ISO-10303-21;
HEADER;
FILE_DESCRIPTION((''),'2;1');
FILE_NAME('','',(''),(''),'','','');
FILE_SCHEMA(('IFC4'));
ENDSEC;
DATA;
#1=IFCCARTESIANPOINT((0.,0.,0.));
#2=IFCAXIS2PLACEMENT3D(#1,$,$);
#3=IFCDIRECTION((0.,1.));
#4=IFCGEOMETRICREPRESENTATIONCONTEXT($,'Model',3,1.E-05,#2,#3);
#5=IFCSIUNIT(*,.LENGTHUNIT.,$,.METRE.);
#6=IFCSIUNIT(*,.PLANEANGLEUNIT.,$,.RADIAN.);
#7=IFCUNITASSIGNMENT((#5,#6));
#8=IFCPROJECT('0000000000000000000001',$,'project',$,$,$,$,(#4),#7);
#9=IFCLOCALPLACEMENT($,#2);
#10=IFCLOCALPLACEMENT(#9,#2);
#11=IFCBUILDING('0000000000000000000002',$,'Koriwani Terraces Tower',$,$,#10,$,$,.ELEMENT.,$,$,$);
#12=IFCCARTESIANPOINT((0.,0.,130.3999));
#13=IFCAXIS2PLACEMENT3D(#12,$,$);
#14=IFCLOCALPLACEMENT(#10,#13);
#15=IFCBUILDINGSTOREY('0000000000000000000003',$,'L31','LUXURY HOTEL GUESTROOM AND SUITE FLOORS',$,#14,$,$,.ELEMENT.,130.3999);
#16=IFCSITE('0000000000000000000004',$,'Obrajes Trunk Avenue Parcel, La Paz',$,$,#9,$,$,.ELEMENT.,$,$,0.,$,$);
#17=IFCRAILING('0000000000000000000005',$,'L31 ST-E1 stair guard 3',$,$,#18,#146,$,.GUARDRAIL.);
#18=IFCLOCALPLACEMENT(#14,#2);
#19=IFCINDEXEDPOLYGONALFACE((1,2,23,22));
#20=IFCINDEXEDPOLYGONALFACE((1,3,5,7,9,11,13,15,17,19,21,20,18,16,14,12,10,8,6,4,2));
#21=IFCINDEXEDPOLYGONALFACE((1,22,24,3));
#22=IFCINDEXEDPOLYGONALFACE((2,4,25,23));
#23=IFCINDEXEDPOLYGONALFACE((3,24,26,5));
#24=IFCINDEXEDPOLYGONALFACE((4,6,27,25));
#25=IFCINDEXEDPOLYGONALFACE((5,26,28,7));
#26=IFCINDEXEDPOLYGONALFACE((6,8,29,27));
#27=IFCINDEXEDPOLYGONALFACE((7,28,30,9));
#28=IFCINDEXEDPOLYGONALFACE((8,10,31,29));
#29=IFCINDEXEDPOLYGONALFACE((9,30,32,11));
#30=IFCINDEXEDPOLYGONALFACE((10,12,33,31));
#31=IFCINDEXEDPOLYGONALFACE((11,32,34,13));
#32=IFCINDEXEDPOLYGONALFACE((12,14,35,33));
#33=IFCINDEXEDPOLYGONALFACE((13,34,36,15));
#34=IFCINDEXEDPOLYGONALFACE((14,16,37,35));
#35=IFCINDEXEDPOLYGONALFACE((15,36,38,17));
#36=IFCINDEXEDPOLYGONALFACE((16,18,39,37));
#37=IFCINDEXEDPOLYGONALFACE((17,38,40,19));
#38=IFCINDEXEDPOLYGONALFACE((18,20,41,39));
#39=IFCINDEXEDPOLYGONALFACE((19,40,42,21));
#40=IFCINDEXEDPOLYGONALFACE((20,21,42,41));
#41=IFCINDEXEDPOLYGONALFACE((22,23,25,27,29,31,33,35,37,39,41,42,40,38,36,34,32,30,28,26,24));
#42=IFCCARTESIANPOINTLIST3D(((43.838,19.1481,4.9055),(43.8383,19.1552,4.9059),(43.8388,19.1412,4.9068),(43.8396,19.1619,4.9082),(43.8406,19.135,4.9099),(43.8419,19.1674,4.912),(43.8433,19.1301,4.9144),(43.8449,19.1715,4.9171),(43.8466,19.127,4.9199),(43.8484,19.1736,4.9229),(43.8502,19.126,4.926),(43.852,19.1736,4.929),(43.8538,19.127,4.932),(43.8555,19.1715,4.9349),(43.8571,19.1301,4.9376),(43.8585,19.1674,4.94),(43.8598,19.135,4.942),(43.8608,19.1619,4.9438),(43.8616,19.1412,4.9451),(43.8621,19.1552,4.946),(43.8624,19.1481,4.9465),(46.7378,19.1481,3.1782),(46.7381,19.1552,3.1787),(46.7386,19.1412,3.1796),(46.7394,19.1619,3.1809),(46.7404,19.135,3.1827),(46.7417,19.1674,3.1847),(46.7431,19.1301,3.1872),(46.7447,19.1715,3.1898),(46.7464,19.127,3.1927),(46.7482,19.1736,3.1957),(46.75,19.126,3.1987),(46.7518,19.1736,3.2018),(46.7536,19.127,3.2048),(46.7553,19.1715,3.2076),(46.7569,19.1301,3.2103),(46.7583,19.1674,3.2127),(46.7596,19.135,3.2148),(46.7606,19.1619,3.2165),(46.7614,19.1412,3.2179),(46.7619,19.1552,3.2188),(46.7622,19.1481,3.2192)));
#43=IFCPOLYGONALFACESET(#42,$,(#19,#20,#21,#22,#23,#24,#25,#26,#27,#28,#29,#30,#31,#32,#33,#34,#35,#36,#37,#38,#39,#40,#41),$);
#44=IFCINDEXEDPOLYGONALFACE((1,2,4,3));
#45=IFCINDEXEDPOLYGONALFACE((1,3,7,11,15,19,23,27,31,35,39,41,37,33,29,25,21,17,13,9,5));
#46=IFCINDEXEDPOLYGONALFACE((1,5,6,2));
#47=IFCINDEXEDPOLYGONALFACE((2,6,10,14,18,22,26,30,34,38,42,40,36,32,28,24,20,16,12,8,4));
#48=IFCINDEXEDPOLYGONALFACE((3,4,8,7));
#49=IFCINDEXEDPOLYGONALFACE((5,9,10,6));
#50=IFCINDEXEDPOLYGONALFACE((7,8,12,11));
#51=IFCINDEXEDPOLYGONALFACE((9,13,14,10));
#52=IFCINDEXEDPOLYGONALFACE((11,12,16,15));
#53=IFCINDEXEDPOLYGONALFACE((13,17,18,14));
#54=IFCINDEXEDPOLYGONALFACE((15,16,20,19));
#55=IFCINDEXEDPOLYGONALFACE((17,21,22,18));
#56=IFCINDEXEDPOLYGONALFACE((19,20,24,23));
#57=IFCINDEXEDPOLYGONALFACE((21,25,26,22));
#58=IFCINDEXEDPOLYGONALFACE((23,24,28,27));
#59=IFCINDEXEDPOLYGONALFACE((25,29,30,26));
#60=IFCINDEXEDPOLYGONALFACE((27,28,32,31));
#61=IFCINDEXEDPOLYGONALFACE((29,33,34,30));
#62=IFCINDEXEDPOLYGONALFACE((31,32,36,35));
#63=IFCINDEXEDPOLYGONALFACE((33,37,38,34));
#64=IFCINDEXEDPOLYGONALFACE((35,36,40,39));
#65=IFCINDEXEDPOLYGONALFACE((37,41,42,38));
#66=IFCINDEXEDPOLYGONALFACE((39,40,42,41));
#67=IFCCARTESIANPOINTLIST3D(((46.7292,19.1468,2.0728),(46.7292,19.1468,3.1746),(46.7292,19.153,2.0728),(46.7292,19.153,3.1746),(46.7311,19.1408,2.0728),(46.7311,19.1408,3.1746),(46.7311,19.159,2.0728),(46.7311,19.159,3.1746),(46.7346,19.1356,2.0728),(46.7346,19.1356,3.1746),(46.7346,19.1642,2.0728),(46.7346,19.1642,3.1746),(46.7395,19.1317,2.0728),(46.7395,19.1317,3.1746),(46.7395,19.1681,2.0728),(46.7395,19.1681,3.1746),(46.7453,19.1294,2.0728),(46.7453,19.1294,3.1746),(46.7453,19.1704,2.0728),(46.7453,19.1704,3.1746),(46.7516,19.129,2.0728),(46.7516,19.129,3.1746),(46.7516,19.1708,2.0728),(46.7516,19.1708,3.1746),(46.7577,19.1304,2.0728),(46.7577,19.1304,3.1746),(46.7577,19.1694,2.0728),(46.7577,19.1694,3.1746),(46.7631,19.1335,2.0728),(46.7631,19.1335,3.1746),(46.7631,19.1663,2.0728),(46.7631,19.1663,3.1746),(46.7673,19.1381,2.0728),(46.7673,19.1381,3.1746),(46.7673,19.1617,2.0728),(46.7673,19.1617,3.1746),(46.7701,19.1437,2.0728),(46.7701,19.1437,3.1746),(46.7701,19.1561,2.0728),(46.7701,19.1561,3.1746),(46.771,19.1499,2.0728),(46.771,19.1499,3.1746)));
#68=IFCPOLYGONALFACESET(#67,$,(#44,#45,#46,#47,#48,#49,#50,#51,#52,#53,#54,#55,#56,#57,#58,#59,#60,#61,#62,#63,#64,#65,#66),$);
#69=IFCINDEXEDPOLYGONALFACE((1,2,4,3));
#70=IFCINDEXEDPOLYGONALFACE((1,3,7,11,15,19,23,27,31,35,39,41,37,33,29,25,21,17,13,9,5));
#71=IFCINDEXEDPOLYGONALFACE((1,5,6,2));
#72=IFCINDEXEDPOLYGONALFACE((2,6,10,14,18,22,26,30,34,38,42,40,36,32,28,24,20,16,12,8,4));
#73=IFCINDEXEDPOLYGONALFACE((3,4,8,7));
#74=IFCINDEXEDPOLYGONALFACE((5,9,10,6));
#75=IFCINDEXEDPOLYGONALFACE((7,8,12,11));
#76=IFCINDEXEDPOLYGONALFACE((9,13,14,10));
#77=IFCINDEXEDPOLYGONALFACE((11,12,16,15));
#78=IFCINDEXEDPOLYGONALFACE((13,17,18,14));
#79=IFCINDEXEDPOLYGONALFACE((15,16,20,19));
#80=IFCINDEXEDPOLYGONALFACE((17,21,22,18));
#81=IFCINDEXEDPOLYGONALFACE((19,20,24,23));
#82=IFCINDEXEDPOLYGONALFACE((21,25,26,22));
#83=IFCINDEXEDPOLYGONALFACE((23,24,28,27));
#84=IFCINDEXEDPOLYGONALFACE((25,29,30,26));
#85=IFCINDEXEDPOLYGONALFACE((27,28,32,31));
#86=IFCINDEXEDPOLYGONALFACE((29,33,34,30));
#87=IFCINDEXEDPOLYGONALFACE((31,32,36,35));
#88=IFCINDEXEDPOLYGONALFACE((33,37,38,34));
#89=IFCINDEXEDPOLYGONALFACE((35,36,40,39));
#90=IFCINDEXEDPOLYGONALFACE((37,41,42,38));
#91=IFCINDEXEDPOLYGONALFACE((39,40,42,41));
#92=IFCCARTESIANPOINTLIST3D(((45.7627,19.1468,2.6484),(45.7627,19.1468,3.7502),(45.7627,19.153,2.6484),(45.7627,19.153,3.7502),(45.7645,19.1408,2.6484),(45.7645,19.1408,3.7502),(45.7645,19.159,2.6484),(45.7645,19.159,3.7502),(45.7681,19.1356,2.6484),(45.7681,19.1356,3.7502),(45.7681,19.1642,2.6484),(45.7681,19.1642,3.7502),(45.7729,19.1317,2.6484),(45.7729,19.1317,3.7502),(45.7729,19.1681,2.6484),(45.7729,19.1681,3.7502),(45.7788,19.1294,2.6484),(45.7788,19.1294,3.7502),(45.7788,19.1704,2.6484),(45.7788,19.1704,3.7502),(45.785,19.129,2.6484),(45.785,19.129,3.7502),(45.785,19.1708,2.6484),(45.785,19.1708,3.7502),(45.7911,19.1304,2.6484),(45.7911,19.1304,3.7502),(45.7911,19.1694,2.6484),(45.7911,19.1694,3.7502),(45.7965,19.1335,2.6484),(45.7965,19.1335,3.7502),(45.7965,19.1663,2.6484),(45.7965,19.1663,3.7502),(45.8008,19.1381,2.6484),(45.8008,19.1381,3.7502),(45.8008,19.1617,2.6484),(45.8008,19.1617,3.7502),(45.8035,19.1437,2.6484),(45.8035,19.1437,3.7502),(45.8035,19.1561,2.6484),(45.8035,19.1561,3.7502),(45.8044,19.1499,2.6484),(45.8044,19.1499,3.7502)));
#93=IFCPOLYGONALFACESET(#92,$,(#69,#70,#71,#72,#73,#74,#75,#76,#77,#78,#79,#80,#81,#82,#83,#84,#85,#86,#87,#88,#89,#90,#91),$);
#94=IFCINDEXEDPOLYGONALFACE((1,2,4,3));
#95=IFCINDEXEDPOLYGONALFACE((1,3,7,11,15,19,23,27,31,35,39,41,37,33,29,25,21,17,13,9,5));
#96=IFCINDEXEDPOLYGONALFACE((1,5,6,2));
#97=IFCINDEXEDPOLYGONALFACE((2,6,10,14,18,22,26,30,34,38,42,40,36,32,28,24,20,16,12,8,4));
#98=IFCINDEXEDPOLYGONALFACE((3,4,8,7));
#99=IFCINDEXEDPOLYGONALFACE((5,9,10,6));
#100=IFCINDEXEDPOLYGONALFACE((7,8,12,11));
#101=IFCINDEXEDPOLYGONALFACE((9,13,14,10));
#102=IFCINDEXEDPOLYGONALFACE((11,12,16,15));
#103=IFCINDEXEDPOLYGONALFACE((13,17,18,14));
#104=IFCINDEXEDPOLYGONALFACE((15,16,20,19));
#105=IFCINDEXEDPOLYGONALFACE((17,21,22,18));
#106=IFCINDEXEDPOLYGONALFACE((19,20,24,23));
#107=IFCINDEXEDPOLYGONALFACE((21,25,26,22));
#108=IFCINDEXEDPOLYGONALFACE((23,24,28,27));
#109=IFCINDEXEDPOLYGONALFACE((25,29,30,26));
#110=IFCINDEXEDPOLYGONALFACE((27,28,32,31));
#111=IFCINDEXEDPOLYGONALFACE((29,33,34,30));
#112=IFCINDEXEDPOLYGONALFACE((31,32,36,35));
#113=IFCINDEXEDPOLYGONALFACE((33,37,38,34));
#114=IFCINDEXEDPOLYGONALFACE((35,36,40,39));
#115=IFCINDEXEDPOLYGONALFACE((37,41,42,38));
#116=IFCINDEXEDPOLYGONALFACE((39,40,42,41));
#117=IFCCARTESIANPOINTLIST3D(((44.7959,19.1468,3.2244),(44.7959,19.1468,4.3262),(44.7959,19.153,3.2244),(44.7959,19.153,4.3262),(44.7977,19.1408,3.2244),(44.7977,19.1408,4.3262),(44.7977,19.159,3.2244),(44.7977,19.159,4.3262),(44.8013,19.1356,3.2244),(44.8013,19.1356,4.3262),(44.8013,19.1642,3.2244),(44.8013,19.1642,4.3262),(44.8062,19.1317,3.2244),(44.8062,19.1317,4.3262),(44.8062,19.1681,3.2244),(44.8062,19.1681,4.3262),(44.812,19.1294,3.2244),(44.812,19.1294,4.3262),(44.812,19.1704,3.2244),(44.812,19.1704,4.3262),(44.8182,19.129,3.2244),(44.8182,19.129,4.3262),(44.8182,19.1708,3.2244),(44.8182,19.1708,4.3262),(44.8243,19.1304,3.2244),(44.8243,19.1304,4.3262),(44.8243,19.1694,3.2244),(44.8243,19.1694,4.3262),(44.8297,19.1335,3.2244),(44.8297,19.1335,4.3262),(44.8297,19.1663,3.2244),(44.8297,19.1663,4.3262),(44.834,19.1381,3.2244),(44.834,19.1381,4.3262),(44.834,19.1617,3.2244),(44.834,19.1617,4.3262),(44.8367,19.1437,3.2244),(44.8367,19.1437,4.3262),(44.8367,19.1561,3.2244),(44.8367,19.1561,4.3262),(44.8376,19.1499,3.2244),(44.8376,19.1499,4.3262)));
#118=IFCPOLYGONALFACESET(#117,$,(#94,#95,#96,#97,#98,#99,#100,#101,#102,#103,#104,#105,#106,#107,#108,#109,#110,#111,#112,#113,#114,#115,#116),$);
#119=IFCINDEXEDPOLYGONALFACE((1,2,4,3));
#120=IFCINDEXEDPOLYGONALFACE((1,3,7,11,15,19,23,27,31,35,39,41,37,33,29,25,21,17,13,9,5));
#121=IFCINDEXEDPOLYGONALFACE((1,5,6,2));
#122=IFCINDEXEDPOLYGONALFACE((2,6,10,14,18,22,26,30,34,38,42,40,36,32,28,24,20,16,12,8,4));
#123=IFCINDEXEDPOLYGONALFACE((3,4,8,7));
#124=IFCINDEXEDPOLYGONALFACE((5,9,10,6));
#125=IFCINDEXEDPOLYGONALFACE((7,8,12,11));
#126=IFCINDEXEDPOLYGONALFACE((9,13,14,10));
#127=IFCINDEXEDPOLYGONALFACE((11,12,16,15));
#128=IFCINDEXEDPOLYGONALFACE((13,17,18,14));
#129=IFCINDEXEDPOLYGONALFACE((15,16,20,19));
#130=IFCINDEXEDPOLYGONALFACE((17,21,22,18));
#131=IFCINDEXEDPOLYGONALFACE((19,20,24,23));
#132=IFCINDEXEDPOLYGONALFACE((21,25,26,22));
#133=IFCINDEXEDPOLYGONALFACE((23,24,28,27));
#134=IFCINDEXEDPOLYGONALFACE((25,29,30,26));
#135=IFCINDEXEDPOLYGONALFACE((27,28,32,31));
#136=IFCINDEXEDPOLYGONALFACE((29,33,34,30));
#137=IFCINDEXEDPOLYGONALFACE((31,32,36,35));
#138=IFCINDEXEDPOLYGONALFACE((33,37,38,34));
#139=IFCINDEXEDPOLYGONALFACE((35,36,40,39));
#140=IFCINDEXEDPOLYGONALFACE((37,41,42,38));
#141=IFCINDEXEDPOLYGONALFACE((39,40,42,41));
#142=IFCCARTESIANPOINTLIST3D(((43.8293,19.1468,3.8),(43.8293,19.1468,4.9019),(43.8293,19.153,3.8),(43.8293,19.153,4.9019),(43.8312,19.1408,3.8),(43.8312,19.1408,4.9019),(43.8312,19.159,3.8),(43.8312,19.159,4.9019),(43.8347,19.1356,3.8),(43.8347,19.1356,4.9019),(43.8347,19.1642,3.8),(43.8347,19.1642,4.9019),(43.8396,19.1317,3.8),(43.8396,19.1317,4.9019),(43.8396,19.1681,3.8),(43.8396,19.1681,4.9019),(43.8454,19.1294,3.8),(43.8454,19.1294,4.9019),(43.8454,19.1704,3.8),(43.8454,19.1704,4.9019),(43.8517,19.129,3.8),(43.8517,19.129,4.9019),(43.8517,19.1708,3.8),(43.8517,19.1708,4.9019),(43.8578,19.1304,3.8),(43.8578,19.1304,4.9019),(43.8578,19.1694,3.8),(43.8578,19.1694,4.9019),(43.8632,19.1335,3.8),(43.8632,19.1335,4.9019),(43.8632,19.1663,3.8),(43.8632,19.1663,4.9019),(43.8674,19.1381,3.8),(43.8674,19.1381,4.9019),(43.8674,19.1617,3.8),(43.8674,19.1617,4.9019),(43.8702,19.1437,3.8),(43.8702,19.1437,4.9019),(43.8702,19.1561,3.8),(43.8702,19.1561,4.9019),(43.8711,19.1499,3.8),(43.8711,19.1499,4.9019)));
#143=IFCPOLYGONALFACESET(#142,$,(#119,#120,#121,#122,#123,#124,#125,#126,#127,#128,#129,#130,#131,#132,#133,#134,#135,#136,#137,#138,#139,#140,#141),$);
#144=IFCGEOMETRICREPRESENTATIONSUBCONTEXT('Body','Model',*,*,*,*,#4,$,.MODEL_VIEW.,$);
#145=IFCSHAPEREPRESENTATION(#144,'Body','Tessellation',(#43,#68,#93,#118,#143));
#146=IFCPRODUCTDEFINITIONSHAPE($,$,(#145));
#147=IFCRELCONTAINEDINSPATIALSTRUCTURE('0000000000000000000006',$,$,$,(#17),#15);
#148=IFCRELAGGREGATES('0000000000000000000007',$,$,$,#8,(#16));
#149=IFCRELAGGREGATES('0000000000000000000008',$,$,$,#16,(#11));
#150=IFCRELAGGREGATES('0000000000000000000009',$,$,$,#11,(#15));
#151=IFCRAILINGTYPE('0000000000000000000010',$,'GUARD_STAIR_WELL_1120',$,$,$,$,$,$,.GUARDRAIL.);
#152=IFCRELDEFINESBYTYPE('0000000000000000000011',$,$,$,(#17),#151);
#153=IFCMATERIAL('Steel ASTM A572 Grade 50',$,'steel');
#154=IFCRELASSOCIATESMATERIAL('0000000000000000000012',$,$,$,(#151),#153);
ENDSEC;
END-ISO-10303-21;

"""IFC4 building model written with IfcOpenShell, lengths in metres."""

from ifc_helpers import new_model, si_unit, direction, frame, origin, origin_2d, place, context, subcontext, project, spatial, circle, extrude, material, type_object, element, save


model = new_model("IFC4")

# Units and contexts
model_context = context("Model", 3, precision=1e-05, world=origin(), true_north=direction((0.0, 1.0)))
body_context = subcontext(model_context, "Body", "Model", "MODEL_VIEW")
ifc_project = project(units=[si_unit("LENGTHUNIT", "METRE"), si_unit("PLANEANGLEUNIT", "RADIAN")], contexts=[model_context])

# Site, building, storey
site_placement = place(None, origin())
site = spatial("IfcSite", under=ifc_project, at=site_placement, Name="Obrajes Trunk Avenue Parcel, La Paz", CompositionType="ELEMENT", RefElevation=0.0)
building_placement = place(site_placement, origin())
building = spatial("IfcBuilding", under=site, at=building_placement, Name="Koriwani Terraces Tower", CompositionType="ELEMENT")
storey_placement = place(building_placement, frame((0.0, 0.0, 130.3999)))
storey = spatial("IfcBuildingStorey", under=building, at=storey_placement, Name="L31", Description="LUXURY HOTEL GUESTROOM AND SUITE FLOORS", CompositionType="ELEMENT", Elevation=130.3999)

# Shared definitions
ifc_material_1 = material(Name="Steel ASTM A572 Grade 50", Category="steel")

# Railing
railing_type_1 = type_object("IfcRailingType", Name="GUARD_STAIR_WELL_1120", PredefinedType="GUARDRAIL", material=ifc_material_1)
railing_1_placement = place(storey_placement, frame((46.75, 19.1499, 2.0728)))
element("IfcRailing", 1, at=railing_1_placement, inside=storey, type_object=railing_type_1, Name="L31 ST-E1 stair guard 3", PredefinedType="GUARDRAIL", context=body_context, shape_type="SweptSolid", body=[
    extrude(circle(Radius=0.0239, at=origin_2d()), frame((0.0, 0.0, 1.126), z_axis=(-0.859141, 0.0, 0.511738), x_axis=(0.0, -1.0, 0.0)), (0.0, 0.0, 1.0), 3.3752),
    extrude(circle(Radius=0.021, at=origin_2d()), origin(), (0.0, 0.0, 1.0), 1.1018),
    extrude(circle(Radius=0.021, at=origin_2d()), frame((-0.9666, 0.0, 0.5757)), (0.0, 0.0, 1.0), 1.1018),
    extrude(circle(Radius=0.021, at=origin_2d()), frame((-1.9333, 0.0, 1.1516)), (0.0, 0.0, 1.0), 1.1018),
    extrude(circle(Radius=0.021, at=origin_2d()), frame((-2.8999, 0.0, 1.7273)), (0.0, 0.0, 1.0), 1.1018),
])

save(model, "model.ifc")
